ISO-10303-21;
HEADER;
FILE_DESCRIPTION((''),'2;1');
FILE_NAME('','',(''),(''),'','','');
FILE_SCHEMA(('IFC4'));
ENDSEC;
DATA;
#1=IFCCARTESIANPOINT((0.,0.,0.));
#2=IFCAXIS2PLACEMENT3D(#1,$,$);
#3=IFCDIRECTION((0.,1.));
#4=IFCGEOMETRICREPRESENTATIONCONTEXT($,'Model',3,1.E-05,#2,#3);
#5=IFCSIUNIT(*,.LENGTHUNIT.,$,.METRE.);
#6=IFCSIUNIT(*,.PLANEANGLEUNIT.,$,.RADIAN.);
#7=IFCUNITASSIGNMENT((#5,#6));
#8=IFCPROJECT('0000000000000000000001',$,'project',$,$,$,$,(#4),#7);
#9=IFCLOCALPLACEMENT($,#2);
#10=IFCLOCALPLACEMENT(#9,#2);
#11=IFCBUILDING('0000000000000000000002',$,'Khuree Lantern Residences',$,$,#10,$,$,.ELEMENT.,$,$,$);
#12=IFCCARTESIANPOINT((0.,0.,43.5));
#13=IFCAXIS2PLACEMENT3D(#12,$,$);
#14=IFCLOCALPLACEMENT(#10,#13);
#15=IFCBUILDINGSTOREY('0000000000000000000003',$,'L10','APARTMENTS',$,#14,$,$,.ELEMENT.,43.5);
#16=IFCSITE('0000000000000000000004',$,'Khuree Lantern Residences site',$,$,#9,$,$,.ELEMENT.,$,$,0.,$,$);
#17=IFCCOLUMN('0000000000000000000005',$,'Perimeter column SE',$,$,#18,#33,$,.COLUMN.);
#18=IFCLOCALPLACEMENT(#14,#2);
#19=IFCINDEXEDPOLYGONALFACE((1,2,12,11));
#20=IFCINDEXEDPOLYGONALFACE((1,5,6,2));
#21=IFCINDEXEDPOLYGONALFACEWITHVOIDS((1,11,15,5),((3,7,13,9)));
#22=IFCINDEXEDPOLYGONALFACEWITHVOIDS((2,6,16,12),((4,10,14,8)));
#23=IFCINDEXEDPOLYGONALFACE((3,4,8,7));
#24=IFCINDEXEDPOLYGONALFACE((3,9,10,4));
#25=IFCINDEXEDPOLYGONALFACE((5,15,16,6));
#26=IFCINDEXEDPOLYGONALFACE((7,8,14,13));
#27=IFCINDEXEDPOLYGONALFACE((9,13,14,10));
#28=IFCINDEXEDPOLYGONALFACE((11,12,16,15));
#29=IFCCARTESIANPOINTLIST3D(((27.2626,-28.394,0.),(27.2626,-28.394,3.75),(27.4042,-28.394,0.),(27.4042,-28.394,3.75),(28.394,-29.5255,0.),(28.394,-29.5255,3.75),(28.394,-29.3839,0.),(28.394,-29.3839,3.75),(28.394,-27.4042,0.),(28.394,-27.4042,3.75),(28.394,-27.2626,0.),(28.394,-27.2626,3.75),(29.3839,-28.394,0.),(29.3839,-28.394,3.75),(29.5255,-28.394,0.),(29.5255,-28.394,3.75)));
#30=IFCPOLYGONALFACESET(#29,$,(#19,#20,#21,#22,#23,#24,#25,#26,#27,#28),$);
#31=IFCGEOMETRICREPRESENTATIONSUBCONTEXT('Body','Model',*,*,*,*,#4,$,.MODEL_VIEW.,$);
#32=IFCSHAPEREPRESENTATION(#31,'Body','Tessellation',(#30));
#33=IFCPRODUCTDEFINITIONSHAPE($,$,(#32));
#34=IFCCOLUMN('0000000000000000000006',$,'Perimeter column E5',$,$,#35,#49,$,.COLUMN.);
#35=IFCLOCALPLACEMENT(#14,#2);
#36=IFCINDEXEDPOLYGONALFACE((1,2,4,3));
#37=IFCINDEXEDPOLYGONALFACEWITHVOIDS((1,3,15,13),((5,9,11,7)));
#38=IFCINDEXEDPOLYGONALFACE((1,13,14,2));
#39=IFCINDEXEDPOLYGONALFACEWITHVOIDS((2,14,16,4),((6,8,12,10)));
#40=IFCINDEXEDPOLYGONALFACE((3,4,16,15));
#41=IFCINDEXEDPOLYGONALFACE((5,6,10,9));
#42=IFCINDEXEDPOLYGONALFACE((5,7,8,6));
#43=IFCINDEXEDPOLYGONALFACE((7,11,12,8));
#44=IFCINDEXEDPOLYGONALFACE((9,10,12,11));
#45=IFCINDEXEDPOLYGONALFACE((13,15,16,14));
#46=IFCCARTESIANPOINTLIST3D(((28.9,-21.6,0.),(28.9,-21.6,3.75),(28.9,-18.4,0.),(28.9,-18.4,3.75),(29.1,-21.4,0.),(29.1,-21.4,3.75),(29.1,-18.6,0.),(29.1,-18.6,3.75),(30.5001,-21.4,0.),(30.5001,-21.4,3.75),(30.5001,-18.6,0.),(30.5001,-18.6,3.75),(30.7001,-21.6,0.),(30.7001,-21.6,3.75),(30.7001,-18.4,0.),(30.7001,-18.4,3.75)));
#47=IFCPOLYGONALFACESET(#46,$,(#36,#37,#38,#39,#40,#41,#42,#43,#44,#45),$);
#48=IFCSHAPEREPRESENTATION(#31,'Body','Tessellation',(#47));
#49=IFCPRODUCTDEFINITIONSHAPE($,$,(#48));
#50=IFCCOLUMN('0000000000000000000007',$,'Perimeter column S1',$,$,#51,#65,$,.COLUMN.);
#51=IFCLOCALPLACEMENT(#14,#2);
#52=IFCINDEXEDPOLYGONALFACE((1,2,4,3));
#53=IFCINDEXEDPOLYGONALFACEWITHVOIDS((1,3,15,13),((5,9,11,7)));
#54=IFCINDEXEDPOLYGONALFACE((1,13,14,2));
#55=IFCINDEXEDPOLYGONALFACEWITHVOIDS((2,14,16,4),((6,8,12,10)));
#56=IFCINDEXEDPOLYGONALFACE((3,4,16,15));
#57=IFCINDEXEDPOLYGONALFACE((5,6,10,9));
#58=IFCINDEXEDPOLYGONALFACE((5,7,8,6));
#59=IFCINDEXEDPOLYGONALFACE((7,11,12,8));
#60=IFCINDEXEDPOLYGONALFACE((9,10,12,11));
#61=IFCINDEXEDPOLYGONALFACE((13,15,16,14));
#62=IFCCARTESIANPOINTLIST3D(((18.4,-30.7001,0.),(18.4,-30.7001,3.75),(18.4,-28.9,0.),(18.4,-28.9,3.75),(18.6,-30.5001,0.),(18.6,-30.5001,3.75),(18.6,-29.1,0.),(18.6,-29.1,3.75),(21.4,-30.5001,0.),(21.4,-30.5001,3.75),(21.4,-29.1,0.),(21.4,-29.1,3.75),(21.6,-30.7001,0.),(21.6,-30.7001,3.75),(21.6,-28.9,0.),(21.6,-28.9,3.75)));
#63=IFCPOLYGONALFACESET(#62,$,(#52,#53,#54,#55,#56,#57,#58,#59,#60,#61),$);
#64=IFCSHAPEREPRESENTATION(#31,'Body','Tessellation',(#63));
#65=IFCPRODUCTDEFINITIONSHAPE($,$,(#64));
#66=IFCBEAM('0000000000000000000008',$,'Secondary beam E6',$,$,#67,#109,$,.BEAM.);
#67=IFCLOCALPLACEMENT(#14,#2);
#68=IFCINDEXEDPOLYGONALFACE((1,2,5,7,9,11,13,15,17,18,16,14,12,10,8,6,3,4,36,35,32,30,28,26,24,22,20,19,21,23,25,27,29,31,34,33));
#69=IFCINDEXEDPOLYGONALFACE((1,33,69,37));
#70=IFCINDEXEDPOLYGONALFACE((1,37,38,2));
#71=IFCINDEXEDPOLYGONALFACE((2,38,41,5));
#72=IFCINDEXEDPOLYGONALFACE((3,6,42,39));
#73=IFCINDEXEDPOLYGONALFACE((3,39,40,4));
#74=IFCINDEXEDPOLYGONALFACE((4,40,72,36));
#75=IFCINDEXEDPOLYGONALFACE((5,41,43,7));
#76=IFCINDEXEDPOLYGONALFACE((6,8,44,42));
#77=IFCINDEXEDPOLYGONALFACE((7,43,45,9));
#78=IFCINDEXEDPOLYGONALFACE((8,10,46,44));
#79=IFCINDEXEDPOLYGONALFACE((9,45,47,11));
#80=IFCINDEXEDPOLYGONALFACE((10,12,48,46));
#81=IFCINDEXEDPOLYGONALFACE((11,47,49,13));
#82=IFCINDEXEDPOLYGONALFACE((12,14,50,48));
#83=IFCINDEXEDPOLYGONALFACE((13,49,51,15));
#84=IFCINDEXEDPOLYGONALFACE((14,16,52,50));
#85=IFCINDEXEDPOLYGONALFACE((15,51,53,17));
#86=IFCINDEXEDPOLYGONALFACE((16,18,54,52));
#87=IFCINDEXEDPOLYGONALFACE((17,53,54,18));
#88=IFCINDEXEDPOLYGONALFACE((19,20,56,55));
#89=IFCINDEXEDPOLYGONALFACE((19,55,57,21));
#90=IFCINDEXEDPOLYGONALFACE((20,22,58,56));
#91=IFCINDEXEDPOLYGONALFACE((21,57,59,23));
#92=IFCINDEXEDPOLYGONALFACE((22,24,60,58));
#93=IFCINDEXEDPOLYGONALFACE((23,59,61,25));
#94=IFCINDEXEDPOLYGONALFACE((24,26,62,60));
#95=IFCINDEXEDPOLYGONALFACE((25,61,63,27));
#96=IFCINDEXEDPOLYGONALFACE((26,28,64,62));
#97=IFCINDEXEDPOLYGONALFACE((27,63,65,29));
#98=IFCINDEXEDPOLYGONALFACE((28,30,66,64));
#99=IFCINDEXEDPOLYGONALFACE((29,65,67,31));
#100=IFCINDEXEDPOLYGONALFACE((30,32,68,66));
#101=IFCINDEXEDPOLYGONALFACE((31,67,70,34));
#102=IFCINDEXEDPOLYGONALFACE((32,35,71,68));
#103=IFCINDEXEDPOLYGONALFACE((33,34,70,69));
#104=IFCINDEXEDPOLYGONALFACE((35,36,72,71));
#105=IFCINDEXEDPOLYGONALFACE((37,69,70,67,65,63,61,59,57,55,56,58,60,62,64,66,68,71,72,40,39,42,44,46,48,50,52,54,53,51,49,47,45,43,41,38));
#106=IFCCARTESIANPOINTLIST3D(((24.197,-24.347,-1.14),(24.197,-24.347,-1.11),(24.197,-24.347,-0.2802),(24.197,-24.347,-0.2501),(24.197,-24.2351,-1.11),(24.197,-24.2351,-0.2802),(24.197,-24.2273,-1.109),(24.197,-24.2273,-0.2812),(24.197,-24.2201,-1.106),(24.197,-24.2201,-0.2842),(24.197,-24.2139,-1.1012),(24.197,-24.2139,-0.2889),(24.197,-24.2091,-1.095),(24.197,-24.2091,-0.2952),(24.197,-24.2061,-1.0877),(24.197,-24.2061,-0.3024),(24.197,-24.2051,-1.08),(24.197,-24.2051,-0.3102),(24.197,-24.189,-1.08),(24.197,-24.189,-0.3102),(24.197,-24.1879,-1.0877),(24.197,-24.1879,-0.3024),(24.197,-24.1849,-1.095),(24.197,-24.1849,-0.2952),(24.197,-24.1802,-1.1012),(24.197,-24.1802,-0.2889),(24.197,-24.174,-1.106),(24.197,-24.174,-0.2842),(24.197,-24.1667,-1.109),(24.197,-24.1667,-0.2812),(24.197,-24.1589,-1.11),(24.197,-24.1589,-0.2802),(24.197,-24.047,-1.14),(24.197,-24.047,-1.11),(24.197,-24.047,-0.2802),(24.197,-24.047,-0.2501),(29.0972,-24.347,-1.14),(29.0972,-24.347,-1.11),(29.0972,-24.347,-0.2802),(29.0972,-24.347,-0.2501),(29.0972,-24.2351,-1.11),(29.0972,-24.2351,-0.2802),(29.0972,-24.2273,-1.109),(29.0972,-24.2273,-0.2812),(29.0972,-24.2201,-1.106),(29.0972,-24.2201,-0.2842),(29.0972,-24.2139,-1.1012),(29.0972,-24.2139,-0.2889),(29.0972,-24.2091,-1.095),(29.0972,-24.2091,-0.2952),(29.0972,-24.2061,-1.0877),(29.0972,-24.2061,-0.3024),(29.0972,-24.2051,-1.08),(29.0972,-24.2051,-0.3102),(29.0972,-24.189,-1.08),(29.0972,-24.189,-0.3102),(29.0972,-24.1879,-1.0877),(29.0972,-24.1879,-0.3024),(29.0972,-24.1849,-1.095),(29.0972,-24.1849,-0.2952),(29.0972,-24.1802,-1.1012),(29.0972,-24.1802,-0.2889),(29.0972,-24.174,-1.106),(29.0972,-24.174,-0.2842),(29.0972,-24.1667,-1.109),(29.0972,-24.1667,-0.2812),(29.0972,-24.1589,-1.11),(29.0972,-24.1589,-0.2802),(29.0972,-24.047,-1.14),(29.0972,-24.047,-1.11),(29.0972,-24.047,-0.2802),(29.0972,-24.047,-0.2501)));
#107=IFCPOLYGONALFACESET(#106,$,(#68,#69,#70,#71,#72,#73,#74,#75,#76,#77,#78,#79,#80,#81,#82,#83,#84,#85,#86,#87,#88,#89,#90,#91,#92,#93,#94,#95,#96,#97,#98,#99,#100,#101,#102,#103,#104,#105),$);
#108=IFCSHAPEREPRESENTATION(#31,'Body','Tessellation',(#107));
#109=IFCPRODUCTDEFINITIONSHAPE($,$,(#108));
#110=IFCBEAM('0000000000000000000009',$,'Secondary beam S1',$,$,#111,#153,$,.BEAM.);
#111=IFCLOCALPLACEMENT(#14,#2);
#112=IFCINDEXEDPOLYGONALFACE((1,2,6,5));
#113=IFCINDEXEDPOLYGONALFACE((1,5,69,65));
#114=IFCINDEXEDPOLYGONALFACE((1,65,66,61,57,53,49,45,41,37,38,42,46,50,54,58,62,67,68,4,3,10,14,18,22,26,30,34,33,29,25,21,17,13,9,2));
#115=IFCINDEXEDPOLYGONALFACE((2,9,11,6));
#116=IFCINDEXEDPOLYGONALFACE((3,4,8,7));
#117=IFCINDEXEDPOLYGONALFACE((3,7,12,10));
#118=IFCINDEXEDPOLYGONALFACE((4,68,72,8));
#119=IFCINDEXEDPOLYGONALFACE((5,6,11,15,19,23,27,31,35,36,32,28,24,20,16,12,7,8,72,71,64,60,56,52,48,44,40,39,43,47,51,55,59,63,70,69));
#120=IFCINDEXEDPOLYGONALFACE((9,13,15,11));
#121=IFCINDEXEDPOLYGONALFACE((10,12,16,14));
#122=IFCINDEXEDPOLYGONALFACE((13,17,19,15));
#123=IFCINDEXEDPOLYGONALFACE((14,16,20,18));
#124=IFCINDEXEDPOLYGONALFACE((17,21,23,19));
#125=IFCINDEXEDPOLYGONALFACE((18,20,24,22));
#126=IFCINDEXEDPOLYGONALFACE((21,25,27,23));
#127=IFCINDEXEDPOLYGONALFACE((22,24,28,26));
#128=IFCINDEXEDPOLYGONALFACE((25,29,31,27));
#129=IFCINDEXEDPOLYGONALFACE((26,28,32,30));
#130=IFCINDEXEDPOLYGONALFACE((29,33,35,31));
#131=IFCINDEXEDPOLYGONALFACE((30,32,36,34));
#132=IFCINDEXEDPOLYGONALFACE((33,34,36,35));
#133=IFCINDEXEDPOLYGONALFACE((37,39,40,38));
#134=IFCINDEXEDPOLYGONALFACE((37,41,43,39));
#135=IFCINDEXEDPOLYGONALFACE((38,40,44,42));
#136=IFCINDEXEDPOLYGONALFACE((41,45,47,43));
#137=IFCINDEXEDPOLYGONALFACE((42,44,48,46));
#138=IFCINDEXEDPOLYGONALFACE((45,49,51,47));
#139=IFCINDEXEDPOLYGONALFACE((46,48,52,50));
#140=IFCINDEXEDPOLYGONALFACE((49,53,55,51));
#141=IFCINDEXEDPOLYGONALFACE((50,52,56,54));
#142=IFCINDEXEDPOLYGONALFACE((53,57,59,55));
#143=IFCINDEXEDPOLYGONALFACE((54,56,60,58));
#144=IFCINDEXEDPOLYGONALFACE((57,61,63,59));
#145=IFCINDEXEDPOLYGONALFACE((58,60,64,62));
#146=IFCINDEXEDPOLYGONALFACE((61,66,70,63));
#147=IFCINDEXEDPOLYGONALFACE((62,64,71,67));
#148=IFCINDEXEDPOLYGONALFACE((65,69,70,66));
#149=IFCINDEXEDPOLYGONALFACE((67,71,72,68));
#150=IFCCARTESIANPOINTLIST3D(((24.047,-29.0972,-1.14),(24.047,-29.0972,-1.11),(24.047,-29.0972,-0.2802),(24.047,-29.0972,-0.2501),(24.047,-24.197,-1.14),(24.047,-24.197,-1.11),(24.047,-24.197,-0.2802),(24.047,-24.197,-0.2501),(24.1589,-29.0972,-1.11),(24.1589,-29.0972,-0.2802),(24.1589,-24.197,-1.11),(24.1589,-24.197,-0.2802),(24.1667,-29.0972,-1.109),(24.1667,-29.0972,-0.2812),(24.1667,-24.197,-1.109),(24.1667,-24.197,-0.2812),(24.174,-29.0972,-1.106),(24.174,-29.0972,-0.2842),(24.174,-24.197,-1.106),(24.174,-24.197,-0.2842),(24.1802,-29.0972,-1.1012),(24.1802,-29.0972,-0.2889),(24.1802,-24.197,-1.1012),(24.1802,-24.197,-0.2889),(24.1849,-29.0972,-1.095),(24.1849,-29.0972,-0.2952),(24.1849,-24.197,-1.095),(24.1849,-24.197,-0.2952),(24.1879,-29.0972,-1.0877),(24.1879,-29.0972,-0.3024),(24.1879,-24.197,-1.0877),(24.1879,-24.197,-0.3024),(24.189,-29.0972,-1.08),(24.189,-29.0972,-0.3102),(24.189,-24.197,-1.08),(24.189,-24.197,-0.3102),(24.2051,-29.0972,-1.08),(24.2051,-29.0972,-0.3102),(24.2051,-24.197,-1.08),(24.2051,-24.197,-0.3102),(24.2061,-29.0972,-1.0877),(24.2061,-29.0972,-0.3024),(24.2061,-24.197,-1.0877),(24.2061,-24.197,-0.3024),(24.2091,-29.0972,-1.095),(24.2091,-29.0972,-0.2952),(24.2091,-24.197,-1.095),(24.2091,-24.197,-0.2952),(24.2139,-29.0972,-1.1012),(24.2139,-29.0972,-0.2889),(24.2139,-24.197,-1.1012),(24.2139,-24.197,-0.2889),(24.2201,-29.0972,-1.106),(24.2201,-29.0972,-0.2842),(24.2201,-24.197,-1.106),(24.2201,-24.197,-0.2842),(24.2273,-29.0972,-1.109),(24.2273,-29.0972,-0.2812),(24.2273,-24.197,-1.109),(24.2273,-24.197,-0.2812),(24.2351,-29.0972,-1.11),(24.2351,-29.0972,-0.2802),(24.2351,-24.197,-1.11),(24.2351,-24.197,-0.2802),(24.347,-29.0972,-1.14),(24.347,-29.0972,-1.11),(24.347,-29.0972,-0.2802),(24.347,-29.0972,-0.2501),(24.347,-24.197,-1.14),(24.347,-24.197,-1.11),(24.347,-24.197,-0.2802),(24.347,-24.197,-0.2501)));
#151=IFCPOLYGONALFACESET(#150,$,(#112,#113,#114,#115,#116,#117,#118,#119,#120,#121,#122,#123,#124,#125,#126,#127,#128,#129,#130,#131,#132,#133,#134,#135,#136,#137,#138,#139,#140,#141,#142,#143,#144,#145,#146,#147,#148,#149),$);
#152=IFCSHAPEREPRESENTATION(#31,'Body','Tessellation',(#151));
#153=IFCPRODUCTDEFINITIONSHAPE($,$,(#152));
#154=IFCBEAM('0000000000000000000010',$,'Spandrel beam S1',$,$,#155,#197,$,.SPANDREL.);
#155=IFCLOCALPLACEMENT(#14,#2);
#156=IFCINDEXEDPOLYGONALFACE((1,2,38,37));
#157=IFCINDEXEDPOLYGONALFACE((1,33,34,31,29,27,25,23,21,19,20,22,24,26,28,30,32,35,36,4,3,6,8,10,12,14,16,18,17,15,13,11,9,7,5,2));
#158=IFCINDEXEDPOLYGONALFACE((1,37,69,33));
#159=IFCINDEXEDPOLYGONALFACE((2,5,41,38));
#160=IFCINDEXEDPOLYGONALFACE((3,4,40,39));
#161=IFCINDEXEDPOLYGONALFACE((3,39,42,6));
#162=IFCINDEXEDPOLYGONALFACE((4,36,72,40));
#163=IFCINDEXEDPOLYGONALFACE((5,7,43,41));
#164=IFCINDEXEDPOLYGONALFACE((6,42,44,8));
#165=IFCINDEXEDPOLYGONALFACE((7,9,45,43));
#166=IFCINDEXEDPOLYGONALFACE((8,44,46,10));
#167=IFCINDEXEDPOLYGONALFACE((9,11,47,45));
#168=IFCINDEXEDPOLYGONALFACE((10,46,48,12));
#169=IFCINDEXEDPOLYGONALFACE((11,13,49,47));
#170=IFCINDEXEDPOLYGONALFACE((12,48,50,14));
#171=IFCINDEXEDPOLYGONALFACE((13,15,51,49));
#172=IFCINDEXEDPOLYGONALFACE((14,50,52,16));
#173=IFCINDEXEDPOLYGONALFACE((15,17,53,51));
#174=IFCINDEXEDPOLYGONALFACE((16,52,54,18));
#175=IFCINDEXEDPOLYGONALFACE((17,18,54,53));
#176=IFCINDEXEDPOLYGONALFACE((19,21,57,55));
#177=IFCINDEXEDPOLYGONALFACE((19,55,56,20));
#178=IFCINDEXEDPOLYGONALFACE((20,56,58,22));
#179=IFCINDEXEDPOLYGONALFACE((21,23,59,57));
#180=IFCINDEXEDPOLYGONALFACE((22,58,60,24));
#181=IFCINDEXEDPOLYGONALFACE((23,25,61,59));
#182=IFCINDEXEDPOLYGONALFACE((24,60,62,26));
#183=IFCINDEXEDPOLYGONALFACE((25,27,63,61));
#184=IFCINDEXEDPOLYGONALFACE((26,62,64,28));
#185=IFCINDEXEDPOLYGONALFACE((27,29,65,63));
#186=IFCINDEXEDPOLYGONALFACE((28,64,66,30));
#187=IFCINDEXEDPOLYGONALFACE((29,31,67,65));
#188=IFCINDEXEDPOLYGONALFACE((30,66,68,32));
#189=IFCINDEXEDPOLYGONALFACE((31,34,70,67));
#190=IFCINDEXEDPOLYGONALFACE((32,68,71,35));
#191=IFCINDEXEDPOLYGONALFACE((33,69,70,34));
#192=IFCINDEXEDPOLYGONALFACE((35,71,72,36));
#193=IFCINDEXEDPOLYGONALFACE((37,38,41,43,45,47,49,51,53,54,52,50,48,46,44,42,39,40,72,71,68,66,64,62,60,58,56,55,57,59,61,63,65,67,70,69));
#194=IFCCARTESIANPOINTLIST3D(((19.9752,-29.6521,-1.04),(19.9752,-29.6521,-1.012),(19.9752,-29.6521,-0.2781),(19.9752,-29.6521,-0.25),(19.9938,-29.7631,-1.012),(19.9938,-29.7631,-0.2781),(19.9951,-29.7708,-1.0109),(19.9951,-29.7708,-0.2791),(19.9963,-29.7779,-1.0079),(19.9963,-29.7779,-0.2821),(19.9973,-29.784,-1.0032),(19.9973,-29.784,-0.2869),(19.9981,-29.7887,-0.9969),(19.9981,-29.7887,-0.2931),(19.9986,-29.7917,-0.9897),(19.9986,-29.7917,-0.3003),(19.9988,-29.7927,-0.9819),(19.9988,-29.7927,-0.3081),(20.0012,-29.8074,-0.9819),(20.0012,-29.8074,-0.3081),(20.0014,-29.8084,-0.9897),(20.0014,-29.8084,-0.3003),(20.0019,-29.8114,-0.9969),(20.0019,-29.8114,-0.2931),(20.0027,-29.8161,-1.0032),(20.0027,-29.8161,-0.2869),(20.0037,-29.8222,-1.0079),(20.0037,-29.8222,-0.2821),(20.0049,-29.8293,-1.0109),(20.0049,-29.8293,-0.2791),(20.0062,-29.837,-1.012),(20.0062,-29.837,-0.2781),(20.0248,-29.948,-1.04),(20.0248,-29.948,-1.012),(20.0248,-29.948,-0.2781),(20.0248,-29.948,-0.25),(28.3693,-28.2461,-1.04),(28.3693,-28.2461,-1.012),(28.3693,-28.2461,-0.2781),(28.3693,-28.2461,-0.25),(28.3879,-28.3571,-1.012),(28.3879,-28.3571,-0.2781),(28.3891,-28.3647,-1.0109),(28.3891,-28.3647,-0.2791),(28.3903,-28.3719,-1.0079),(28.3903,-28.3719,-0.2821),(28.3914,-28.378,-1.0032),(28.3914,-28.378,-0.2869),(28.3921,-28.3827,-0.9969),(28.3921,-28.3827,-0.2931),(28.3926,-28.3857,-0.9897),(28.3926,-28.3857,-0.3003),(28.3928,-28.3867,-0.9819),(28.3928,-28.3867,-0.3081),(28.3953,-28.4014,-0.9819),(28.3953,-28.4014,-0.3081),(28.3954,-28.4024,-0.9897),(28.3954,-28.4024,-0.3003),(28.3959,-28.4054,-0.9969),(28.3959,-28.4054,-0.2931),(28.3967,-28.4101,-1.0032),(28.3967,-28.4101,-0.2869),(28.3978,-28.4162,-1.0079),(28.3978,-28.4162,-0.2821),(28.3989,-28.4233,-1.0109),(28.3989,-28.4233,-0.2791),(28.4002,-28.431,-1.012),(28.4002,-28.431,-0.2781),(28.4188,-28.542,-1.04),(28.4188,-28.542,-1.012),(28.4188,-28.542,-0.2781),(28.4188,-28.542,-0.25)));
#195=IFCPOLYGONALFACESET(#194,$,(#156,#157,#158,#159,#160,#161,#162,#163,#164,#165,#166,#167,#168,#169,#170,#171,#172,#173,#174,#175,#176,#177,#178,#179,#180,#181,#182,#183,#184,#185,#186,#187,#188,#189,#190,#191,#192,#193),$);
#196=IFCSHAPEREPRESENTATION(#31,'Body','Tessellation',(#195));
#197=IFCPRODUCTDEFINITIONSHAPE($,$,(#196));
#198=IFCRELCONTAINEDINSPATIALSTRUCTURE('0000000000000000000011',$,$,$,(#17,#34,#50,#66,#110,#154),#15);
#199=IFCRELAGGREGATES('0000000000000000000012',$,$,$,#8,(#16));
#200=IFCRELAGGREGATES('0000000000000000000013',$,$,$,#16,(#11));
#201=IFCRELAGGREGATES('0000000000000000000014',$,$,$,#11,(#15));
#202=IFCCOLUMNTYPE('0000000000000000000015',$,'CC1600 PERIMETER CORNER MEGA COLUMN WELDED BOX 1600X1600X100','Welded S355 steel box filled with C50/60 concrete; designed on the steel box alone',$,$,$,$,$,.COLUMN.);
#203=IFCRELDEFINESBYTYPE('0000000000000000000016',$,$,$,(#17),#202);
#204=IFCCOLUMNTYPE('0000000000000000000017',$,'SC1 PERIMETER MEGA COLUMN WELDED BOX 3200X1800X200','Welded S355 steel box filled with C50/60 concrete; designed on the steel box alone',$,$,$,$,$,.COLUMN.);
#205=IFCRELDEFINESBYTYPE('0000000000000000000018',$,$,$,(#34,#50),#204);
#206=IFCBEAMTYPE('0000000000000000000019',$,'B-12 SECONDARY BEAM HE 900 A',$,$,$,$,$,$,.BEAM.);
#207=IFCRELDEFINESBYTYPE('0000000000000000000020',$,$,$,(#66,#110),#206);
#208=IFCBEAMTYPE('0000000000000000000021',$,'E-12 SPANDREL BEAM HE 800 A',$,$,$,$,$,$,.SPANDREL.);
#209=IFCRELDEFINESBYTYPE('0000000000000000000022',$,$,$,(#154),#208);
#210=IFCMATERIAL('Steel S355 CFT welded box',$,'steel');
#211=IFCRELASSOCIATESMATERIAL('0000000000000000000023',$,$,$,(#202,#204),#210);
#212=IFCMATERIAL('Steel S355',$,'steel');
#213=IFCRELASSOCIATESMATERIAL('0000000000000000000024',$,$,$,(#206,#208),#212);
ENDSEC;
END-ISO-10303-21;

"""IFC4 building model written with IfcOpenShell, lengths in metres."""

from ifc_helpers import new_model, si_unit, direction, frame, origin, origin_2d, place, context, subcontext, project, spatial, hollow_rectangle, i_section, extrude, material, material_profile, profile_set, type_object, element, save


model = new_model("IFC4")

# Units and contexts
model_context = context("Model", 3, precision=1e-05, world=origin(), true_north=direction((0.0, 1.0)))
body_context = subcontext(model_context, "Body", "Model", "MODEL_VIEW")
ifc_project = project(units=[si_unit("LENGTHUNIT", "METRE"), si_unit("PLANEANGLEUNIT", "RADIAN")], contexts=[model_context])

# Site, building, storey
site_placement = place(None, origin())
site = spatial("IfcSite", under=ifc_project, at=site_placement, Name="Khuree Lantern Residences site", CompositionType="ELEMENT", RefElevation=0.0)
building_placement = place(site_placement, origin())
building = spatial("IfcBuilding", under=site, at=building_placement, Name="Khuree Lantern Residences", CompositionType="ELEMENT")
storey_placement = place(building_placement, frame((0.0, 0.0, 43.5)))
storey = spatial("IfcBuildingStorey", under=building, at=storey_placement, Name="L10", Description="APARTMENTS", CompositionType="ELEMENT", Elevation=43.5)

# Columns
ifc_material_1 = material(Name="Steel S355 CFT welded box", Category="steel")
ifc_material_profile_1 = material_profile(ifc_material_1, hollow_rectangle(XDim=1.6001, YDim=1.6001, WallThickness=0.1001, at=origin_2d()), Name="WELDED BOX 1600X1600X100")
ifc_profile_set_1 = profile_set([ifc_material_profile_1], Name="Steel S355 CFT welded box")
column_type_1 = type_object("IfcColumnType", Name="CC1600 PERIMETER CORNER MEGA COLUMN WELDED BOX 1600X1600X100", Description="Welded S355 steel box filled with C50/60 concrete; designed on the steel box alone", PredefinedType="COLUMN", material=ifc_profile_set_1)
column_placement = place(storey_placement, frame((28.394, -28.394, 0.0), z_axis=(0.0, 0.0, 1.0), x_axis=(0.707107, 0.707107, 0.0)))
element("IfcColumn", 1, at=column_placement, inside=storey, type_object=column_type_1, Name="Perimeter column SE", PredefinedType="COLUMN", context=body_context, shape_type="SweptSolid", body=[
    extrude(hollow_rectangle(XDim=1.6001, YDim=1.6001, WallThickness=0.1001, at=origin_2d()), origin(), (0.0, 0.0, 1.0), 3.75),
])
ifc_material_profile_2 = material_profile(ifc_material_1, hollow_rectangle(XDim=3.2, YDim=1.8, WallThickness=0.2, at=origin_2d()), Name="WELDED BOX 3200X1800X200")
ifc_profile_set_2 = profile_set([ifc_material_profile_2], Name="Steel S355 CFT welded box")
column_type_2 = type_object("IfcColumnType", Name="SC1 PERIMETER MEGA COLUMN WELDED BOX 3200X1800X200", Description="Welded S355 steel box filled with C50/60 concrete; designed on the steel box alone", PredefinedType="COLUMN", material=ifc_profile_set_2)
for number, where, z_axis, x_axis, name in (
    (2, (29.8, -20.0, 0.0), (0.0, 0.0, 1.0), (0.0, 1.0, 0.0), "Perimeter column E5"),
    (3, (20.0, -29.8, 0.0), (0.0, 0.0, 1.0), (1.0, 0.0, 0.0), "Perimeter column S1"),
):
    element("IfcColumn", number, at=place(storey_placement, frame(where, z_axis=z_axis, x_axis=x_axis)), inside=storey, type_object=column_type_2, Name=name, PredefinedType="COLUMN", context=body_context, shape_type="SweptSolid", body=[
        extrude(hollow_rectangle(XDim=3.2, YDim=1.8, WallThickness=0.2, at=origin_2d()), origin(), (0.0, 0.0, 1.0), 3.75),
    ])

# Beams
ifc_material_2 = material(Name="Steel S355", Category="steel")
ifc_material_profile_3 = material_profile(ifc_material_2, i_section(OverallWidth=0.3, OverallDepth=0.8899, WebThickness=0.0161, FlangeThickness=0.03, FilletRadius=0.03, at=origin_2d()), Name="HE 900 A")
ifc_profile_set_3 = profile_set([ifc_material_profile_3], Name="Steel S355")
beam_type_1 = type_object("IfcBeamType", Name="B-12 SECONDARY BEAM HE 900 A", PredefinedType="BEAM", material=ifc_profile_set_3)
for number, where, z_axis, x_axis, name in (
    (4, (29.0972, -24.197, -0.6951), (-1.0, 0.0, 0.0), (0.0, -1.0, 0.0), "Secondary beam E6"),
    (5, (24.197, -29.0972, -0.6951), (0.0, 1.0, 0.0), (-1.0, 0.0, 0.0), "Secondary beam S1"),
):
    element("IfcBeam", number, at=place(storey_placement, frame(where, z_axis=z_axis, x_axis=x_axis)), inside=storey, type_object=beam_type_1, Name=name, PredefinedType="BEAM", context=body_context, shape_type="SweptSolid", body=[
        extrude(i_section(OverallWidth=0.3, OverallDepth=0.8899, WebThickness=0.0161, FlangeThickness=0.03, FilletRadius=0.03, at=origin_2d()), origin(), (0.0, 0.0, 1.0), 4.9001),
    ])
ifc_material_profile_4 = material_profile(ifc_material_2, i_section(OverallWidth=0.3, OverallDepth=0.79, WebThickness=0.0149, FlangeThickness=0.0281, FilletRadius=0.03, at=origin_2d()), Name="HE 800 A")
ifc_profile_set_4 = profile_set([ifc_material_profile_4], Name="Steel S355")
beam_type_2 = type_object("IfcBeamType", Name="E-12 SPANDREL BEAM HE 800 A", PredefinedType="SPANDREL", material=ifc_profile_set_4)
beam_1_placement = place(storey_placement, frame((28.394, -28.394, -0.645), z_axis=(-0.98626, -0.165199, 0.0), x_axis=(0.165199, -0.98626, 0.0)))
element("IfcBeam", 6, at=beam_1_placement, inside=storey, type_object=beam_type_2, Name="Spandrel beam S1", PredefinedType="SPANDREL", context=body_context, shape_type="SweptSolid", body=[
    extrude(i_section(OverallWidth=0.3, OverallDepth=0.79, WebThickness=0.0149, FlangeThickness=0.0281, FilletRadius=0.03, at=origin_2d()), origin(), (0.0, 0.0, 1.0), 8.511),
])

save(model, "model.ifc")
